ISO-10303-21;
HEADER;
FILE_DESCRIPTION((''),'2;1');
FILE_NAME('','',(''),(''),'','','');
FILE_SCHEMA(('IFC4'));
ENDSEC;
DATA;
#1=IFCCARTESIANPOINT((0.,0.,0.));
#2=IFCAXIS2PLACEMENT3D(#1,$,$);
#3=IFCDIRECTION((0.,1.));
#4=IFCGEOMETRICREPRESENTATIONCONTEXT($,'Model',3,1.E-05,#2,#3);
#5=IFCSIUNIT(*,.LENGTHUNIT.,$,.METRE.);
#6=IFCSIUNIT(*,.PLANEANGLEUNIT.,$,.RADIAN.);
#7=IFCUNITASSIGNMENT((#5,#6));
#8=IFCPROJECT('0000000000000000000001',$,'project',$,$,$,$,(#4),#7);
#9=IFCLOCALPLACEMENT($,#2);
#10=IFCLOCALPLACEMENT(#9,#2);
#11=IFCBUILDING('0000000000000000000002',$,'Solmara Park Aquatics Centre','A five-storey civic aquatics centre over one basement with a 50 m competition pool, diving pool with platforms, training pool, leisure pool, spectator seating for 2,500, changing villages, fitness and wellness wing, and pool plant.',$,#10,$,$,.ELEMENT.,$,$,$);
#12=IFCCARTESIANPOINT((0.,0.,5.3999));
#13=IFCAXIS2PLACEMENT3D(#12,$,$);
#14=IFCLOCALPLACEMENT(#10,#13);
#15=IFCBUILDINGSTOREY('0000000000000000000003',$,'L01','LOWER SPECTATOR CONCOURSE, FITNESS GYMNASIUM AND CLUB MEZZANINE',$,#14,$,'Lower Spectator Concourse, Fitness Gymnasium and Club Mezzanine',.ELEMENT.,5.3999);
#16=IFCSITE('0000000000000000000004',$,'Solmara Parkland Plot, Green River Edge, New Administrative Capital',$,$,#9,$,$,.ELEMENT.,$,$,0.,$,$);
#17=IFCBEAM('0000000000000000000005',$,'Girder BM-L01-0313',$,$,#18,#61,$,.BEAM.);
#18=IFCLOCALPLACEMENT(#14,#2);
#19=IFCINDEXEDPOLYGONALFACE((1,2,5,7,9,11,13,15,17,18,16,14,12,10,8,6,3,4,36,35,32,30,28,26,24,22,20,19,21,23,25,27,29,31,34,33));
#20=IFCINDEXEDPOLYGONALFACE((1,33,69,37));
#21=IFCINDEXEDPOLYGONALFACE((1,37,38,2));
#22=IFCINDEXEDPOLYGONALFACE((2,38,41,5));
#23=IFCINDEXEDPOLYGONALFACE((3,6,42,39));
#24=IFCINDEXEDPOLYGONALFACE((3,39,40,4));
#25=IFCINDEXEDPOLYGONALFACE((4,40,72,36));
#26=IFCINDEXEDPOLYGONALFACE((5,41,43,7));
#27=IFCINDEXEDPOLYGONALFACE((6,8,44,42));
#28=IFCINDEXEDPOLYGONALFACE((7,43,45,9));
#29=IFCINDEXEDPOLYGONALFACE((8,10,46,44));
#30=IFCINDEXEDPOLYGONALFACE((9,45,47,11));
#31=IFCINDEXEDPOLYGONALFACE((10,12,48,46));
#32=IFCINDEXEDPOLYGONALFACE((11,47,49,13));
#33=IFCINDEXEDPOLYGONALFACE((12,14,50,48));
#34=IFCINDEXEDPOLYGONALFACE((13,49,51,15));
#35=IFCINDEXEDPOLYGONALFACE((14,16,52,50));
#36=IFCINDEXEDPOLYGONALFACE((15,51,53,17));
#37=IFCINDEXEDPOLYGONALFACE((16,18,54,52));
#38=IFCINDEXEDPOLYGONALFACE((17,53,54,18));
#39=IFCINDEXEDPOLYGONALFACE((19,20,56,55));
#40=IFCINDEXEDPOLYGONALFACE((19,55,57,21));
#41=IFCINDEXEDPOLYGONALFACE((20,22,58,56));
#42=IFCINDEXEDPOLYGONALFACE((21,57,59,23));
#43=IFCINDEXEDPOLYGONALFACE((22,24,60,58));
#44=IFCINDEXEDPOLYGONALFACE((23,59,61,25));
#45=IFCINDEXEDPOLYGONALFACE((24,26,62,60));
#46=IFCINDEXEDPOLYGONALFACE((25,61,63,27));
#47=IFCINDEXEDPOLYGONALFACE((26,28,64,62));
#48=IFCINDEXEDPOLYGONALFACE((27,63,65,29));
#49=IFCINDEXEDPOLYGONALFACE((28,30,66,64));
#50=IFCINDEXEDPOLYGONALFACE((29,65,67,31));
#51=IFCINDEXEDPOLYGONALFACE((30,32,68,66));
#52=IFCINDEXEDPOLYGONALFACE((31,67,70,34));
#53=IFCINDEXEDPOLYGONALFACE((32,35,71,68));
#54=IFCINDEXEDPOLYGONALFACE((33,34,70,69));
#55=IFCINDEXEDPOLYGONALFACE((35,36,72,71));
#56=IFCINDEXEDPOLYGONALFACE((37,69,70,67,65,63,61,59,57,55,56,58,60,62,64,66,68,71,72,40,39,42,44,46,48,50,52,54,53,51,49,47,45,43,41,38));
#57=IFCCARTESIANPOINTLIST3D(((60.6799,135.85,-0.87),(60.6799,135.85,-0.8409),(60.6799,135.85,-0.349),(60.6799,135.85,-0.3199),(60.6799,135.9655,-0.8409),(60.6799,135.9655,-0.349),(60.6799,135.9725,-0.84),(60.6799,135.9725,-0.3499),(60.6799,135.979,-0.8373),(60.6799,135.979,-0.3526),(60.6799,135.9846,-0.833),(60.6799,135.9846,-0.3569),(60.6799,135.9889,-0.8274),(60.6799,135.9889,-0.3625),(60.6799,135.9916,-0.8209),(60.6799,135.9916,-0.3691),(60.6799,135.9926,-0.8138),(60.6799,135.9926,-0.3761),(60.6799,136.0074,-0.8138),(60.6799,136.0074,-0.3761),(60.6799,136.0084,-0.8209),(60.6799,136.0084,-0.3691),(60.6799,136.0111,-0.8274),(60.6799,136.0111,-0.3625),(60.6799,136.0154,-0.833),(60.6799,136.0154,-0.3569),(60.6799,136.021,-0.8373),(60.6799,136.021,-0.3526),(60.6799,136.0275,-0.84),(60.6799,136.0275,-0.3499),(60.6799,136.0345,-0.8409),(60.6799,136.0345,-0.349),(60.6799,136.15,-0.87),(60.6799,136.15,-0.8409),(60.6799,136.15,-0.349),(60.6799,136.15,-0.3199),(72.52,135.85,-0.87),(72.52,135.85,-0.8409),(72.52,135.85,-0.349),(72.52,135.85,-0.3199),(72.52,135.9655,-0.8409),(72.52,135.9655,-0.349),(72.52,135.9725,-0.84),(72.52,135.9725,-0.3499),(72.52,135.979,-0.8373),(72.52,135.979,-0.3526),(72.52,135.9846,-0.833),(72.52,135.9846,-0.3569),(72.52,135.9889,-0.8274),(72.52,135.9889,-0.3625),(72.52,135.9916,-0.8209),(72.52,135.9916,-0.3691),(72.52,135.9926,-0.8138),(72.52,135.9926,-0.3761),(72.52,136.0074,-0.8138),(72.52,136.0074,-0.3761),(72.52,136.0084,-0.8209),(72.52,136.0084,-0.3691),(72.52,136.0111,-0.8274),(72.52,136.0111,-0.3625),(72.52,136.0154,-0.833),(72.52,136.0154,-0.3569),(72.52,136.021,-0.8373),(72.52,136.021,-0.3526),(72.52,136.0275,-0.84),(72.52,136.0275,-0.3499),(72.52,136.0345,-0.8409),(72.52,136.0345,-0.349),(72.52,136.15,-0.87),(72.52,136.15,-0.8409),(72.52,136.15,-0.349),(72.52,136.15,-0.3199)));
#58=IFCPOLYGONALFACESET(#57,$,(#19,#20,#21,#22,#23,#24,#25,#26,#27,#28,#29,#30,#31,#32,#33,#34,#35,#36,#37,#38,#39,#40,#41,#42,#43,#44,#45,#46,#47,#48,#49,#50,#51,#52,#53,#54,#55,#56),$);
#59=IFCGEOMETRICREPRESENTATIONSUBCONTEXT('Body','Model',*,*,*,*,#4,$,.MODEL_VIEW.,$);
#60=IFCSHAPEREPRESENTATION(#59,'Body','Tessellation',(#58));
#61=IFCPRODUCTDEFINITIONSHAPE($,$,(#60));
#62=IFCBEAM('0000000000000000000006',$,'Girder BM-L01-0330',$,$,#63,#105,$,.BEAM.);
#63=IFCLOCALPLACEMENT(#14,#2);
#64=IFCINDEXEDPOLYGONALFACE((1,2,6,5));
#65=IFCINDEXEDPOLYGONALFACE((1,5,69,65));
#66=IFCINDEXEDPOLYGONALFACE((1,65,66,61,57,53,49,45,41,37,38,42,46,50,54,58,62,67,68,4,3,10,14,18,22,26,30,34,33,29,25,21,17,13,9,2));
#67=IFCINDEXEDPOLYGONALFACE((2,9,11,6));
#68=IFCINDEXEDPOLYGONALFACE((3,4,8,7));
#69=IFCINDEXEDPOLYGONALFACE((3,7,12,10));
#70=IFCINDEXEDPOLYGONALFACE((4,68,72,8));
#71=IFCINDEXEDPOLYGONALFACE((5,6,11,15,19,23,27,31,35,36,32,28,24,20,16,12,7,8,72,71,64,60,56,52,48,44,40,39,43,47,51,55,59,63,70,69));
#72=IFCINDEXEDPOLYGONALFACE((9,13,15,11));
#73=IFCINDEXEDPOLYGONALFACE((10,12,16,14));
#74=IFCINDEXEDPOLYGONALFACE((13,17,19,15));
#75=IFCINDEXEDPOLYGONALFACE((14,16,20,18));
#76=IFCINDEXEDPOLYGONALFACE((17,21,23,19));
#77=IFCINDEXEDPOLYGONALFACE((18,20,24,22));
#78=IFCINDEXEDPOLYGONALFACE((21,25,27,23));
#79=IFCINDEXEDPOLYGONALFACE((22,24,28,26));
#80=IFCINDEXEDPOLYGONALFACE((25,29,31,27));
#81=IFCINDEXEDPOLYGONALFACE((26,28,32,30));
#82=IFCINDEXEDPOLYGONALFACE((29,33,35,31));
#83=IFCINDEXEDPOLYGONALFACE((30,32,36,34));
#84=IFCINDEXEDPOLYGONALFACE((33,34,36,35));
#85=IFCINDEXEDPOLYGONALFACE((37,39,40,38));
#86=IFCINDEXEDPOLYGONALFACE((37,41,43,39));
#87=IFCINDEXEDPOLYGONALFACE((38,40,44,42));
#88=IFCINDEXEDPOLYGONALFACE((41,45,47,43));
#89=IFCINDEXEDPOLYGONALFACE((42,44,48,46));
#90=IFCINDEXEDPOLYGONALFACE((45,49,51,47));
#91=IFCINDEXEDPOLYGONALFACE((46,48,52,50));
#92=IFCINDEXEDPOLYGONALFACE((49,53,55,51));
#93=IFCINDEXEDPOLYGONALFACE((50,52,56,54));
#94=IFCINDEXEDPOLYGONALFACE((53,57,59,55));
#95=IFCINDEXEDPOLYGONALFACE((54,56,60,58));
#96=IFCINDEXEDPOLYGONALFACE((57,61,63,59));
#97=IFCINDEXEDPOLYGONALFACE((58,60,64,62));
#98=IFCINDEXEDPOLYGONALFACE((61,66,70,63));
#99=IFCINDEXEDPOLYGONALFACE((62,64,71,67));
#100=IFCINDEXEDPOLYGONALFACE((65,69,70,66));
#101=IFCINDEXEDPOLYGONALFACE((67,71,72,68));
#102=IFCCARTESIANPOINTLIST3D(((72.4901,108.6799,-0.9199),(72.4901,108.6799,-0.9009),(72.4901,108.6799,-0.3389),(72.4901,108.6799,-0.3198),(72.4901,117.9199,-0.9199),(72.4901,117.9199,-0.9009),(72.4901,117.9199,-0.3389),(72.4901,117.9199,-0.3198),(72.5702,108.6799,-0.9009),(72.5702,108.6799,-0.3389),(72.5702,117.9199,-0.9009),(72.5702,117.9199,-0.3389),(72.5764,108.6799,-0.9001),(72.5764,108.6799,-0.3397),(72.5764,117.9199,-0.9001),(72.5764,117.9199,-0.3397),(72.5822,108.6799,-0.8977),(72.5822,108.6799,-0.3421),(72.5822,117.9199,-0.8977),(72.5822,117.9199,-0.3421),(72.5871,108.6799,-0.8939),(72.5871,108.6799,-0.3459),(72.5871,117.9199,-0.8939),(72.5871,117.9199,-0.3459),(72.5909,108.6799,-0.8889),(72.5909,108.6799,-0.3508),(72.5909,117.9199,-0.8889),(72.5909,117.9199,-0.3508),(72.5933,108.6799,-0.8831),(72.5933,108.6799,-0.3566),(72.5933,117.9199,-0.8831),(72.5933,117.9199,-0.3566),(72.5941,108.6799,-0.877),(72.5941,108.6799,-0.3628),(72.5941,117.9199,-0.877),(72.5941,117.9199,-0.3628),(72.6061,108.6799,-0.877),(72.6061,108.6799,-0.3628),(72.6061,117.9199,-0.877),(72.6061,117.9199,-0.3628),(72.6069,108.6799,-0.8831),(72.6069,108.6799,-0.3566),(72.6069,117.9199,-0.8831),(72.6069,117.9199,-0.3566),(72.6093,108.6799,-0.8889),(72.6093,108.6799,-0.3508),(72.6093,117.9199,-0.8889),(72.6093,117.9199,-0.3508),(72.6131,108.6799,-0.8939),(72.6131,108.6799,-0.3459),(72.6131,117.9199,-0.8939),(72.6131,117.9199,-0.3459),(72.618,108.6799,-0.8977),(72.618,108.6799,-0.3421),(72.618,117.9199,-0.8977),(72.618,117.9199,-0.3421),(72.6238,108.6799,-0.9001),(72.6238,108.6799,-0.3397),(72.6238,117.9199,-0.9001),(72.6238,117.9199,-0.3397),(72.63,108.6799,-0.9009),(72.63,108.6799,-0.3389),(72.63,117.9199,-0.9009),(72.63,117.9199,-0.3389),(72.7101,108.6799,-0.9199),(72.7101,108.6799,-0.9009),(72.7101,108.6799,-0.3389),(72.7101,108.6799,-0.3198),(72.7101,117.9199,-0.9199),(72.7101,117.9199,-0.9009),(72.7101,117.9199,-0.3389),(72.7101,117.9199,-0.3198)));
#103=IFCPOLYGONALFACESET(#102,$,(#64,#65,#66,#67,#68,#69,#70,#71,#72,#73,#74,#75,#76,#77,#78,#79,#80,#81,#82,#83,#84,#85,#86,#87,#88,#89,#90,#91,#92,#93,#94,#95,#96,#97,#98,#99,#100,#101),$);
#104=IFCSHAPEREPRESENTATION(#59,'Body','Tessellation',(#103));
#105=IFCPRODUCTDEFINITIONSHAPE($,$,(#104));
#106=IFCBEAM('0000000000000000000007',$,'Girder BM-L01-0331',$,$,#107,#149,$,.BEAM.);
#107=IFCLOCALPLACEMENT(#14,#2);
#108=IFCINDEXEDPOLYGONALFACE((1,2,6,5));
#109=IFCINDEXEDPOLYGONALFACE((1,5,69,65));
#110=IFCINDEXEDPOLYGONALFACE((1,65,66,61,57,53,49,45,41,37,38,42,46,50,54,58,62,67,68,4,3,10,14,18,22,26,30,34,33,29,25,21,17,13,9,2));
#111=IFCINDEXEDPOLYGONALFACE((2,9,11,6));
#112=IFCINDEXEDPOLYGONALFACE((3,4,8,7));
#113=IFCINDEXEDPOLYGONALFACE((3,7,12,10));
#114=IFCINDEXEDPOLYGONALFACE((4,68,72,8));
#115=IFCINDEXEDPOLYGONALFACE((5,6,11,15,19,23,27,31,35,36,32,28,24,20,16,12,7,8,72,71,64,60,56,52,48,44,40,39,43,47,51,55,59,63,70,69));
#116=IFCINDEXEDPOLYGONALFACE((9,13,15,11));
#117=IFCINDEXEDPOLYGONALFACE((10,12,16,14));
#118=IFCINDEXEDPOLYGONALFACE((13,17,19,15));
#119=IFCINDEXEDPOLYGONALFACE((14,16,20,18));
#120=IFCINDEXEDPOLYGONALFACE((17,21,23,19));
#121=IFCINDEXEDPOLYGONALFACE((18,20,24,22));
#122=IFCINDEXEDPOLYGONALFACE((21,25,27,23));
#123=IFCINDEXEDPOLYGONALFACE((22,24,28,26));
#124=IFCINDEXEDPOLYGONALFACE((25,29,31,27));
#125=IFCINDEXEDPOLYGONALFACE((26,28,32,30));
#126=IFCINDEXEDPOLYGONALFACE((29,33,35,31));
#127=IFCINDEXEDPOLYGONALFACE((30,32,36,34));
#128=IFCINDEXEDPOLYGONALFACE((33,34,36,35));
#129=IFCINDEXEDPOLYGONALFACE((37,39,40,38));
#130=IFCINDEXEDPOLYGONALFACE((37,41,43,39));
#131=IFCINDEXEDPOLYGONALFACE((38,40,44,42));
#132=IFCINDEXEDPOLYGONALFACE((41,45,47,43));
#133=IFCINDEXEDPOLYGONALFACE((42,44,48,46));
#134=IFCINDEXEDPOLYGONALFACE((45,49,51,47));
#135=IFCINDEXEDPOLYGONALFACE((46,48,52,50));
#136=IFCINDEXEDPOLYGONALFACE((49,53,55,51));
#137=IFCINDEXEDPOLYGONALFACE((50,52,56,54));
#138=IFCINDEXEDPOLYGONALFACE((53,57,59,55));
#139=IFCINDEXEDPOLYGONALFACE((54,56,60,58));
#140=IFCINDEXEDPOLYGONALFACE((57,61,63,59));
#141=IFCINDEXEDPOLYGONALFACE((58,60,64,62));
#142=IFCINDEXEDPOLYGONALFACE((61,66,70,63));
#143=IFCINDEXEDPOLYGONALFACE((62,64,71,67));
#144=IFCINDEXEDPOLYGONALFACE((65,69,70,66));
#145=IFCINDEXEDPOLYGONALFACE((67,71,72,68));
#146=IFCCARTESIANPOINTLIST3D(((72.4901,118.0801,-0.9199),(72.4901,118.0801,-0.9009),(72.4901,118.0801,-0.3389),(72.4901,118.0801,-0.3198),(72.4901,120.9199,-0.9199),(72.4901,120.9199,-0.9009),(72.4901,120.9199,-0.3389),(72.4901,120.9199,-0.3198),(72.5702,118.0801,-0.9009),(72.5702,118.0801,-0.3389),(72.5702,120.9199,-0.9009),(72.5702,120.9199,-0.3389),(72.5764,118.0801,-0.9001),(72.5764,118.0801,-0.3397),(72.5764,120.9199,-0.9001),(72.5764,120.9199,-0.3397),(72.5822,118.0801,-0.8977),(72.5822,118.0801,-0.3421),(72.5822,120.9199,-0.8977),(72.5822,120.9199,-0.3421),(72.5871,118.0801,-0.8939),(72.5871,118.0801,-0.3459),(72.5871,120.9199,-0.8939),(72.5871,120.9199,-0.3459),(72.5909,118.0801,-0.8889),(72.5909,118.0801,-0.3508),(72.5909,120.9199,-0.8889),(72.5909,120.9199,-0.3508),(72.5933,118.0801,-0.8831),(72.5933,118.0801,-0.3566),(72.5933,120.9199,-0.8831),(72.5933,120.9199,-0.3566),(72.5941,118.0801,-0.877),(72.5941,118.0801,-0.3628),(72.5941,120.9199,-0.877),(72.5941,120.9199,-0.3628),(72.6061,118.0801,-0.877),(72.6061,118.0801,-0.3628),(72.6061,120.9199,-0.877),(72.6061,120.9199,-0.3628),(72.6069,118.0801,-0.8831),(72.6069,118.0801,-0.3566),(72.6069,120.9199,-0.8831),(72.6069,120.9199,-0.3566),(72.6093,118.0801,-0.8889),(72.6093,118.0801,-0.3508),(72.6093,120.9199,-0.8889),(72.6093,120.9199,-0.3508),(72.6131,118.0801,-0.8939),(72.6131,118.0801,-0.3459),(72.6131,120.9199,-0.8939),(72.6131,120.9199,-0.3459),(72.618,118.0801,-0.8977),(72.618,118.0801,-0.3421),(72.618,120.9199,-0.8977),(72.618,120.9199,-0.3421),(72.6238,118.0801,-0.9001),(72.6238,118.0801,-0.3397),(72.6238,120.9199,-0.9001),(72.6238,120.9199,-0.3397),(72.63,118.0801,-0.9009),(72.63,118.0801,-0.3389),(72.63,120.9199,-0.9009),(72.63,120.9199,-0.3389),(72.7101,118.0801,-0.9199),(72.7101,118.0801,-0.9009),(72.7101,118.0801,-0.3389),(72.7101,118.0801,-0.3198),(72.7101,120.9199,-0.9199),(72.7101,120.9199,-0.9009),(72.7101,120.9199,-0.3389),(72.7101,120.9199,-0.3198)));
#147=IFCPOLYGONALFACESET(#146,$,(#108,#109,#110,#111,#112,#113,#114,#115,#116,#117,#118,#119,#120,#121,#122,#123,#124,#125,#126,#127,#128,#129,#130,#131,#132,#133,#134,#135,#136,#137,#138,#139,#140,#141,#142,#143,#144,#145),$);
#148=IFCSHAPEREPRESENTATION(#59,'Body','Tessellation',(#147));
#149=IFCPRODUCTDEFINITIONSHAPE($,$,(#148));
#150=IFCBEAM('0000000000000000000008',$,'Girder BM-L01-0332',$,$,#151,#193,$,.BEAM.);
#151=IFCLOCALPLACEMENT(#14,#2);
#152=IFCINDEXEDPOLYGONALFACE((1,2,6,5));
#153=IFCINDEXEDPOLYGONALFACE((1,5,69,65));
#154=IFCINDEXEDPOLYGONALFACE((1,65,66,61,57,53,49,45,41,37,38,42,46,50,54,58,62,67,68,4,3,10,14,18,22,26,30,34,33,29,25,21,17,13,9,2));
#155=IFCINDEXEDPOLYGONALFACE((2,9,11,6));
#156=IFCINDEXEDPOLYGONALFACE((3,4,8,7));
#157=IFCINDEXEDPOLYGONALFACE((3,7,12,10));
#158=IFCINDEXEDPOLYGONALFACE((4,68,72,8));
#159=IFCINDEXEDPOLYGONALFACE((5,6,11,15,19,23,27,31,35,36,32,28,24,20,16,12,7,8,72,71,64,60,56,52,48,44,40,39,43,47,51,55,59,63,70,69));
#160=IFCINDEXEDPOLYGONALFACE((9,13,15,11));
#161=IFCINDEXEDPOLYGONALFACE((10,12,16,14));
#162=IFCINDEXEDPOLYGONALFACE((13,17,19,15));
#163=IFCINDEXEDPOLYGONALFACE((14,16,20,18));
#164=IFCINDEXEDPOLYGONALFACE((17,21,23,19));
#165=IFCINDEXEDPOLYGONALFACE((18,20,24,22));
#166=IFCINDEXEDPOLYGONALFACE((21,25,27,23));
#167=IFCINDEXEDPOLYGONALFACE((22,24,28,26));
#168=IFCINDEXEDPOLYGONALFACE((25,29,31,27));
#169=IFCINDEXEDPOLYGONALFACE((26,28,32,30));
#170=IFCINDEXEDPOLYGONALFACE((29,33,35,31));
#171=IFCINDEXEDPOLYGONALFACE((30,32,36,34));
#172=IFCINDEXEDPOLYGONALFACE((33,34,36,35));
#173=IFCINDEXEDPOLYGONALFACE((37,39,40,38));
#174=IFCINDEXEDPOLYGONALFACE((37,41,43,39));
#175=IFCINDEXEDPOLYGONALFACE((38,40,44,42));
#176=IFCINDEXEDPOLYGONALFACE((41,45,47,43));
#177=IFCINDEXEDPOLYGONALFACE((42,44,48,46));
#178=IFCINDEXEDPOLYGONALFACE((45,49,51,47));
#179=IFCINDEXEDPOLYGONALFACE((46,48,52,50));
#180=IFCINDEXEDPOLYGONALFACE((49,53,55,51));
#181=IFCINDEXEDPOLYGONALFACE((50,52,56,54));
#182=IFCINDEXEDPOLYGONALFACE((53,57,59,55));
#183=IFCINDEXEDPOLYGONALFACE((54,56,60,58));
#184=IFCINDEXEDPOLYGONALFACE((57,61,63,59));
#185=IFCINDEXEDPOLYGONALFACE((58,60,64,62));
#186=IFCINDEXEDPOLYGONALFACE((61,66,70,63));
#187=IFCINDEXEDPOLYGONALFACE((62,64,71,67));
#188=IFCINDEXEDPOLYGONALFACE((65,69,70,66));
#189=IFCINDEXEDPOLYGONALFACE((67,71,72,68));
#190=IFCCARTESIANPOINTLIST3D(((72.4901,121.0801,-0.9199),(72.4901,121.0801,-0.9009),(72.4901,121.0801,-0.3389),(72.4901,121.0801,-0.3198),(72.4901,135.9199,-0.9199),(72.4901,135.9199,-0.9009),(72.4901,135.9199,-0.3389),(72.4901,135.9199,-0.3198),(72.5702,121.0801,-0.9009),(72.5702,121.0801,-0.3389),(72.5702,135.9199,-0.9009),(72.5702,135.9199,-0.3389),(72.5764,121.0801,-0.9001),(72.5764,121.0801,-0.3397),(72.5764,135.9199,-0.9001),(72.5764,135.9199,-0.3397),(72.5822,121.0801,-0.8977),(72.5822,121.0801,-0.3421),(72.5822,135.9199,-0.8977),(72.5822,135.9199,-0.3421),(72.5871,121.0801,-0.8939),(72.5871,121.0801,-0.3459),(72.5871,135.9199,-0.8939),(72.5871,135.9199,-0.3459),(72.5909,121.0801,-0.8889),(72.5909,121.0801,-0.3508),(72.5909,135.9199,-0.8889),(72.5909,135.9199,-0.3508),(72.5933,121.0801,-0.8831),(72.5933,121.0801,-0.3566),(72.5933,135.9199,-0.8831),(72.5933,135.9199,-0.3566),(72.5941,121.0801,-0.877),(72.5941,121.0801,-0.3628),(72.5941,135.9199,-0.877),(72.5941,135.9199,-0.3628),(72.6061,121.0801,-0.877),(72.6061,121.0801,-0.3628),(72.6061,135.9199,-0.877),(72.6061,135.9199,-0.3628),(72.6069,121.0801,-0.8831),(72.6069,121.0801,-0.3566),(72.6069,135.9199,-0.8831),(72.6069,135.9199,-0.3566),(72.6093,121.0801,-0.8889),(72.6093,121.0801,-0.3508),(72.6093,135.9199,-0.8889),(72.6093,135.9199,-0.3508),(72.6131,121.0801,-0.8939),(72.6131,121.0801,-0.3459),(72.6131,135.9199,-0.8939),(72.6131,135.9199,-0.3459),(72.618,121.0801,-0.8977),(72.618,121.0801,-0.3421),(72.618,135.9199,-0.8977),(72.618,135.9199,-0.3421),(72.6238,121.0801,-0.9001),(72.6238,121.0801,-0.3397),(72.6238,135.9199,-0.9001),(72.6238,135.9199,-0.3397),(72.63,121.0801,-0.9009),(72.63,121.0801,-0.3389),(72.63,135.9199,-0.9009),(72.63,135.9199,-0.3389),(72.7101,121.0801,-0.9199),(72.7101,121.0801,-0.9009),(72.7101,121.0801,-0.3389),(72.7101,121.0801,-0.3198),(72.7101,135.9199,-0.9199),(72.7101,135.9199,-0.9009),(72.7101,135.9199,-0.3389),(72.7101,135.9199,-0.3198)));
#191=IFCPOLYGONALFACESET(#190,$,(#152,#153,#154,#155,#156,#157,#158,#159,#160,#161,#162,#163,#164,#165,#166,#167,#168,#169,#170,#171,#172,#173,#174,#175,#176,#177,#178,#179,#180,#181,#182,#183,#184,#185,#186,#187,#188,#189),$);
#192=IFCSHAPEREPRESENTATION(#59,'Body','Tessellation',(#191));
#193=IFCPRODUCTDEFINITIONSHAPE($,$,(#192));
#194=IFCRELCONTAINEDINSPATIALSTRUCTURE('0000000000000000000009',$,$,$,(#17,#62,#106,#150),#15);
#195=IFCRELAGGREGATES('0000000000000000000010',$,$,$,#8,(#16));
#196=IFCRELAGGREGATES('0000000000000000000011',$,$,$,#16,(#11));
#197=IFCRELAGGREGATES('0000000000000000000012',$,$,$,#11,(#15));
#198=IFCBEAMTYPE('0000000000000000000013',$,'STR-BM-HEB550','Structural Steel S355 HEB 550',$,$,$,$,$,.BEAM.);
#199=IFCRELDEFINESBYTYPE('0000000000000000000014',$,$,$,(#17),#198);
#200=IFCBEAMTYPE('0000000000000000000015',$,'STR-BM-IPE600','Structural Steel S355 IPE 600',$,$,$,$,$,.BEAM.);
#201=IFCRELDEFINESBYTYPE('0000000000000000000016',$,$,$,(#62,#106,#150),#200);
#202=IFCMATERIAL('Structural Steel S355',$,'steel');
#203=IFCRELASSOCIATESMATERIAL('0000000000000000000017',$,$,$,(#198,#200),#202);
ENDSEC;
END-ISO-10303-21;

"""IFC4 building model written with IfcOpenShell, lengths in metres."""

from ifc_helpers import new_model, si_unit, direction, frame, origin, origin_2d, place, context, subcontext, project, spatial, i_section, extrude, material, material_profile, profile_set, type_object, element, save


model = new_model("IFC4")

# Units and contexts
model_context = context("Model", 3, precision=1e-05, world=origin(), true_north=direction((0.0, 1.0)))
body_context = subcontext(model_context, "Body", "Model", "MODEL_VIEW")
ifc_project = project(units=[si_unit("LENGTHUNIT", "METRE"), si_unit("PLANEANGLEUNIT", "RADIAN")], contexts=[model_context])

# Site, building, storey
site_placement = place(None, origin())
site = spatial("IfcSite", under=ifc_project, at=site_placement, Name="Solmara Parkland Plot, Green River Edge, New Administrative Capital", CompositionType="ELEMENT", RefElevation=0.0)
building_placement = place(site_placement, origin())
building = spatial("IfcBuilding", under=site, at=building_placement, Name="Solmara Park Aquatics Centre", Description="A five-storey civic aquatics centre over one basement with a 50 m competition pool, diving pool with platforms, training pool, leisure pool, spectator seating for 2,500, changing villages, fitness and wellness wing, and pool plant.", CompositionType="ELEMENT")
storey_placement = place(building_placement, frame((0.0, 0.0, 5.3999)))
storey = spatial("IfcBuildingStorey", under=building, at=storey_placement, Name="L01", Description="LOWER SPECTATOR CONCOURSE, FITNESS GYMNASIUM AND CLUB MEZZANINE", LongName="Lower Spectator Concourse, Fitness Gymnasium and Club Mezzanine", CompositionType="ELEMENT", Elevation=5.3999)

# Shared definitions
ifc_material_1 = material(Name="Structural Steel S355", Category="steel")

# Beams
ifc_material_profile_1 = material_profile(ifc_material_1, i_section(OverallWidth=0.3, OverallDepth=0.55, WebThickness=0.0149, FlangeThickness=0.0291, FilletRadius=0.0271, at=origin_2d()), Name="HEB 550")
ifc_profile_set_1 = profile_set([ifc_material_profile_1], Name="Structural Steel S355")
beam_type_1 = type_object("IfcBeamType", Name="STR-BM-HEB550", Description="Structural Steel S355 HEB 550", PredefinedType="BEAM", material=ifc_profile_set_1)
for number, where, z_axis, x_axis, name in (
    (1, (60.6799, 136.0, -0.595), (1.0, 0.0, 0.0), (0.0, 1.0, 0.0), "Girder BM-L01-0313"),
):
    element("IfcBeam", number, at=place(storey_placement, frame(where, z_axis=z_axis, x_axis=x_axis)), inside=storey, type_object=beam_type_1, Name=name, PredefinedType="BEAM", context=body_context, shape_type="SweptSolid", body=[
        extrude(i_section(OverallWidth=0.3, OverallDepth=0.55, WebThickness=0.0149, FlangeThickness=0.0291, FilletRadius=0.0271, at=origin_2d()), origin(), (0.0, 0.0, 1.0), 11.8401),
    ])
ifc_material_profile_2 = material_profile(ifc_material_1, i_section(OverallWidth=0.22, OverallDepth=0.6001, WebThickness=0.012, FlangeThickness=0.019, FilletRadius=0.0239, at=origin_2d()), Name="IPE 600")
ifc_profile_set_2 = profile_set([ifc_material_profile_2], Name="Structural Steel S355")
beam_type_2 = type_object("IfcBeamType", Name="STR-BM-IPE600", Description="Structural Steel S355 IPE 600", PredefinedType="BEAM", material=ifc_profile_set_2)
beam_1_placement = place(storey_placement, frame((72.6001, 108.6799, -0.6199), z_axis=(0.0, 1.0, 0.0), x_axis=(-1.0, 0.0, 0.0)))
element("IfcBeam", 2, at=beam_1_placement, inside=storey, type_object=beam_type_2, Name="Girder BM-L01-0330", PredefinedType="BEAM", context=body_context, shape_type="SweptSolid", body=[
    extrude(i_section(OverallWidth=0.22, OverallDepth=0.6001, WebThickness=0.012, FlangeThickness=0.019, FilletRadius=0.0239, at=origin_2d()), origin(), (0.0, 0.0, 1.0), 9.24),
])
beam_2_placement = place(storey_placement, frame((72.6001, 118.0801, -0.6199), z_axis=(0.0, 1.0, 0.0), x_axis=(-1.0, 0.0, 0.0)))
element("IfcBeam", 3, at=beam_2_placement, inside=storey, type_object=beam_type_2, Name="Girder BM-L01-0331", PredefinedType="BEAM", context=body_context, shape_type="SweptSolid", body=[
    extrude(i_section(OverallWidth=0.22, OverallDepth=0.6001, WebThickness=0.012, FlangeThickness=0.019, FilletRadius=0.0239, at=origin_2d()), origin(), (0.0, 0.0, 1.0), 2.8398),
])
beam_3_placement = place(storey_placement, frame((72.6001, 121.0801, -0.6199), z_axis=(0.0, 1.0, 0.0), x_axis=(-1.0, 0.0, 0.0)))
element("IfcBeam", 4, at=beam_3_placement, inside=storey, type_object=beam_type_2, Name="Girder BM-L01-0332", PredefinedType="BEAM", context=body_context, shape_type="SweptSolid", body=[
    extrude(i_section(OverallWidth=0.22, OverallDepth=0.6001, WebThickness=0.012, FlangeThickness=0.019, FilletRadius=0.0239, at=origin_2d()), origin(), (0.0, 0.0, 1.0), 14.8398),
])

save(model, "model.ifc")
